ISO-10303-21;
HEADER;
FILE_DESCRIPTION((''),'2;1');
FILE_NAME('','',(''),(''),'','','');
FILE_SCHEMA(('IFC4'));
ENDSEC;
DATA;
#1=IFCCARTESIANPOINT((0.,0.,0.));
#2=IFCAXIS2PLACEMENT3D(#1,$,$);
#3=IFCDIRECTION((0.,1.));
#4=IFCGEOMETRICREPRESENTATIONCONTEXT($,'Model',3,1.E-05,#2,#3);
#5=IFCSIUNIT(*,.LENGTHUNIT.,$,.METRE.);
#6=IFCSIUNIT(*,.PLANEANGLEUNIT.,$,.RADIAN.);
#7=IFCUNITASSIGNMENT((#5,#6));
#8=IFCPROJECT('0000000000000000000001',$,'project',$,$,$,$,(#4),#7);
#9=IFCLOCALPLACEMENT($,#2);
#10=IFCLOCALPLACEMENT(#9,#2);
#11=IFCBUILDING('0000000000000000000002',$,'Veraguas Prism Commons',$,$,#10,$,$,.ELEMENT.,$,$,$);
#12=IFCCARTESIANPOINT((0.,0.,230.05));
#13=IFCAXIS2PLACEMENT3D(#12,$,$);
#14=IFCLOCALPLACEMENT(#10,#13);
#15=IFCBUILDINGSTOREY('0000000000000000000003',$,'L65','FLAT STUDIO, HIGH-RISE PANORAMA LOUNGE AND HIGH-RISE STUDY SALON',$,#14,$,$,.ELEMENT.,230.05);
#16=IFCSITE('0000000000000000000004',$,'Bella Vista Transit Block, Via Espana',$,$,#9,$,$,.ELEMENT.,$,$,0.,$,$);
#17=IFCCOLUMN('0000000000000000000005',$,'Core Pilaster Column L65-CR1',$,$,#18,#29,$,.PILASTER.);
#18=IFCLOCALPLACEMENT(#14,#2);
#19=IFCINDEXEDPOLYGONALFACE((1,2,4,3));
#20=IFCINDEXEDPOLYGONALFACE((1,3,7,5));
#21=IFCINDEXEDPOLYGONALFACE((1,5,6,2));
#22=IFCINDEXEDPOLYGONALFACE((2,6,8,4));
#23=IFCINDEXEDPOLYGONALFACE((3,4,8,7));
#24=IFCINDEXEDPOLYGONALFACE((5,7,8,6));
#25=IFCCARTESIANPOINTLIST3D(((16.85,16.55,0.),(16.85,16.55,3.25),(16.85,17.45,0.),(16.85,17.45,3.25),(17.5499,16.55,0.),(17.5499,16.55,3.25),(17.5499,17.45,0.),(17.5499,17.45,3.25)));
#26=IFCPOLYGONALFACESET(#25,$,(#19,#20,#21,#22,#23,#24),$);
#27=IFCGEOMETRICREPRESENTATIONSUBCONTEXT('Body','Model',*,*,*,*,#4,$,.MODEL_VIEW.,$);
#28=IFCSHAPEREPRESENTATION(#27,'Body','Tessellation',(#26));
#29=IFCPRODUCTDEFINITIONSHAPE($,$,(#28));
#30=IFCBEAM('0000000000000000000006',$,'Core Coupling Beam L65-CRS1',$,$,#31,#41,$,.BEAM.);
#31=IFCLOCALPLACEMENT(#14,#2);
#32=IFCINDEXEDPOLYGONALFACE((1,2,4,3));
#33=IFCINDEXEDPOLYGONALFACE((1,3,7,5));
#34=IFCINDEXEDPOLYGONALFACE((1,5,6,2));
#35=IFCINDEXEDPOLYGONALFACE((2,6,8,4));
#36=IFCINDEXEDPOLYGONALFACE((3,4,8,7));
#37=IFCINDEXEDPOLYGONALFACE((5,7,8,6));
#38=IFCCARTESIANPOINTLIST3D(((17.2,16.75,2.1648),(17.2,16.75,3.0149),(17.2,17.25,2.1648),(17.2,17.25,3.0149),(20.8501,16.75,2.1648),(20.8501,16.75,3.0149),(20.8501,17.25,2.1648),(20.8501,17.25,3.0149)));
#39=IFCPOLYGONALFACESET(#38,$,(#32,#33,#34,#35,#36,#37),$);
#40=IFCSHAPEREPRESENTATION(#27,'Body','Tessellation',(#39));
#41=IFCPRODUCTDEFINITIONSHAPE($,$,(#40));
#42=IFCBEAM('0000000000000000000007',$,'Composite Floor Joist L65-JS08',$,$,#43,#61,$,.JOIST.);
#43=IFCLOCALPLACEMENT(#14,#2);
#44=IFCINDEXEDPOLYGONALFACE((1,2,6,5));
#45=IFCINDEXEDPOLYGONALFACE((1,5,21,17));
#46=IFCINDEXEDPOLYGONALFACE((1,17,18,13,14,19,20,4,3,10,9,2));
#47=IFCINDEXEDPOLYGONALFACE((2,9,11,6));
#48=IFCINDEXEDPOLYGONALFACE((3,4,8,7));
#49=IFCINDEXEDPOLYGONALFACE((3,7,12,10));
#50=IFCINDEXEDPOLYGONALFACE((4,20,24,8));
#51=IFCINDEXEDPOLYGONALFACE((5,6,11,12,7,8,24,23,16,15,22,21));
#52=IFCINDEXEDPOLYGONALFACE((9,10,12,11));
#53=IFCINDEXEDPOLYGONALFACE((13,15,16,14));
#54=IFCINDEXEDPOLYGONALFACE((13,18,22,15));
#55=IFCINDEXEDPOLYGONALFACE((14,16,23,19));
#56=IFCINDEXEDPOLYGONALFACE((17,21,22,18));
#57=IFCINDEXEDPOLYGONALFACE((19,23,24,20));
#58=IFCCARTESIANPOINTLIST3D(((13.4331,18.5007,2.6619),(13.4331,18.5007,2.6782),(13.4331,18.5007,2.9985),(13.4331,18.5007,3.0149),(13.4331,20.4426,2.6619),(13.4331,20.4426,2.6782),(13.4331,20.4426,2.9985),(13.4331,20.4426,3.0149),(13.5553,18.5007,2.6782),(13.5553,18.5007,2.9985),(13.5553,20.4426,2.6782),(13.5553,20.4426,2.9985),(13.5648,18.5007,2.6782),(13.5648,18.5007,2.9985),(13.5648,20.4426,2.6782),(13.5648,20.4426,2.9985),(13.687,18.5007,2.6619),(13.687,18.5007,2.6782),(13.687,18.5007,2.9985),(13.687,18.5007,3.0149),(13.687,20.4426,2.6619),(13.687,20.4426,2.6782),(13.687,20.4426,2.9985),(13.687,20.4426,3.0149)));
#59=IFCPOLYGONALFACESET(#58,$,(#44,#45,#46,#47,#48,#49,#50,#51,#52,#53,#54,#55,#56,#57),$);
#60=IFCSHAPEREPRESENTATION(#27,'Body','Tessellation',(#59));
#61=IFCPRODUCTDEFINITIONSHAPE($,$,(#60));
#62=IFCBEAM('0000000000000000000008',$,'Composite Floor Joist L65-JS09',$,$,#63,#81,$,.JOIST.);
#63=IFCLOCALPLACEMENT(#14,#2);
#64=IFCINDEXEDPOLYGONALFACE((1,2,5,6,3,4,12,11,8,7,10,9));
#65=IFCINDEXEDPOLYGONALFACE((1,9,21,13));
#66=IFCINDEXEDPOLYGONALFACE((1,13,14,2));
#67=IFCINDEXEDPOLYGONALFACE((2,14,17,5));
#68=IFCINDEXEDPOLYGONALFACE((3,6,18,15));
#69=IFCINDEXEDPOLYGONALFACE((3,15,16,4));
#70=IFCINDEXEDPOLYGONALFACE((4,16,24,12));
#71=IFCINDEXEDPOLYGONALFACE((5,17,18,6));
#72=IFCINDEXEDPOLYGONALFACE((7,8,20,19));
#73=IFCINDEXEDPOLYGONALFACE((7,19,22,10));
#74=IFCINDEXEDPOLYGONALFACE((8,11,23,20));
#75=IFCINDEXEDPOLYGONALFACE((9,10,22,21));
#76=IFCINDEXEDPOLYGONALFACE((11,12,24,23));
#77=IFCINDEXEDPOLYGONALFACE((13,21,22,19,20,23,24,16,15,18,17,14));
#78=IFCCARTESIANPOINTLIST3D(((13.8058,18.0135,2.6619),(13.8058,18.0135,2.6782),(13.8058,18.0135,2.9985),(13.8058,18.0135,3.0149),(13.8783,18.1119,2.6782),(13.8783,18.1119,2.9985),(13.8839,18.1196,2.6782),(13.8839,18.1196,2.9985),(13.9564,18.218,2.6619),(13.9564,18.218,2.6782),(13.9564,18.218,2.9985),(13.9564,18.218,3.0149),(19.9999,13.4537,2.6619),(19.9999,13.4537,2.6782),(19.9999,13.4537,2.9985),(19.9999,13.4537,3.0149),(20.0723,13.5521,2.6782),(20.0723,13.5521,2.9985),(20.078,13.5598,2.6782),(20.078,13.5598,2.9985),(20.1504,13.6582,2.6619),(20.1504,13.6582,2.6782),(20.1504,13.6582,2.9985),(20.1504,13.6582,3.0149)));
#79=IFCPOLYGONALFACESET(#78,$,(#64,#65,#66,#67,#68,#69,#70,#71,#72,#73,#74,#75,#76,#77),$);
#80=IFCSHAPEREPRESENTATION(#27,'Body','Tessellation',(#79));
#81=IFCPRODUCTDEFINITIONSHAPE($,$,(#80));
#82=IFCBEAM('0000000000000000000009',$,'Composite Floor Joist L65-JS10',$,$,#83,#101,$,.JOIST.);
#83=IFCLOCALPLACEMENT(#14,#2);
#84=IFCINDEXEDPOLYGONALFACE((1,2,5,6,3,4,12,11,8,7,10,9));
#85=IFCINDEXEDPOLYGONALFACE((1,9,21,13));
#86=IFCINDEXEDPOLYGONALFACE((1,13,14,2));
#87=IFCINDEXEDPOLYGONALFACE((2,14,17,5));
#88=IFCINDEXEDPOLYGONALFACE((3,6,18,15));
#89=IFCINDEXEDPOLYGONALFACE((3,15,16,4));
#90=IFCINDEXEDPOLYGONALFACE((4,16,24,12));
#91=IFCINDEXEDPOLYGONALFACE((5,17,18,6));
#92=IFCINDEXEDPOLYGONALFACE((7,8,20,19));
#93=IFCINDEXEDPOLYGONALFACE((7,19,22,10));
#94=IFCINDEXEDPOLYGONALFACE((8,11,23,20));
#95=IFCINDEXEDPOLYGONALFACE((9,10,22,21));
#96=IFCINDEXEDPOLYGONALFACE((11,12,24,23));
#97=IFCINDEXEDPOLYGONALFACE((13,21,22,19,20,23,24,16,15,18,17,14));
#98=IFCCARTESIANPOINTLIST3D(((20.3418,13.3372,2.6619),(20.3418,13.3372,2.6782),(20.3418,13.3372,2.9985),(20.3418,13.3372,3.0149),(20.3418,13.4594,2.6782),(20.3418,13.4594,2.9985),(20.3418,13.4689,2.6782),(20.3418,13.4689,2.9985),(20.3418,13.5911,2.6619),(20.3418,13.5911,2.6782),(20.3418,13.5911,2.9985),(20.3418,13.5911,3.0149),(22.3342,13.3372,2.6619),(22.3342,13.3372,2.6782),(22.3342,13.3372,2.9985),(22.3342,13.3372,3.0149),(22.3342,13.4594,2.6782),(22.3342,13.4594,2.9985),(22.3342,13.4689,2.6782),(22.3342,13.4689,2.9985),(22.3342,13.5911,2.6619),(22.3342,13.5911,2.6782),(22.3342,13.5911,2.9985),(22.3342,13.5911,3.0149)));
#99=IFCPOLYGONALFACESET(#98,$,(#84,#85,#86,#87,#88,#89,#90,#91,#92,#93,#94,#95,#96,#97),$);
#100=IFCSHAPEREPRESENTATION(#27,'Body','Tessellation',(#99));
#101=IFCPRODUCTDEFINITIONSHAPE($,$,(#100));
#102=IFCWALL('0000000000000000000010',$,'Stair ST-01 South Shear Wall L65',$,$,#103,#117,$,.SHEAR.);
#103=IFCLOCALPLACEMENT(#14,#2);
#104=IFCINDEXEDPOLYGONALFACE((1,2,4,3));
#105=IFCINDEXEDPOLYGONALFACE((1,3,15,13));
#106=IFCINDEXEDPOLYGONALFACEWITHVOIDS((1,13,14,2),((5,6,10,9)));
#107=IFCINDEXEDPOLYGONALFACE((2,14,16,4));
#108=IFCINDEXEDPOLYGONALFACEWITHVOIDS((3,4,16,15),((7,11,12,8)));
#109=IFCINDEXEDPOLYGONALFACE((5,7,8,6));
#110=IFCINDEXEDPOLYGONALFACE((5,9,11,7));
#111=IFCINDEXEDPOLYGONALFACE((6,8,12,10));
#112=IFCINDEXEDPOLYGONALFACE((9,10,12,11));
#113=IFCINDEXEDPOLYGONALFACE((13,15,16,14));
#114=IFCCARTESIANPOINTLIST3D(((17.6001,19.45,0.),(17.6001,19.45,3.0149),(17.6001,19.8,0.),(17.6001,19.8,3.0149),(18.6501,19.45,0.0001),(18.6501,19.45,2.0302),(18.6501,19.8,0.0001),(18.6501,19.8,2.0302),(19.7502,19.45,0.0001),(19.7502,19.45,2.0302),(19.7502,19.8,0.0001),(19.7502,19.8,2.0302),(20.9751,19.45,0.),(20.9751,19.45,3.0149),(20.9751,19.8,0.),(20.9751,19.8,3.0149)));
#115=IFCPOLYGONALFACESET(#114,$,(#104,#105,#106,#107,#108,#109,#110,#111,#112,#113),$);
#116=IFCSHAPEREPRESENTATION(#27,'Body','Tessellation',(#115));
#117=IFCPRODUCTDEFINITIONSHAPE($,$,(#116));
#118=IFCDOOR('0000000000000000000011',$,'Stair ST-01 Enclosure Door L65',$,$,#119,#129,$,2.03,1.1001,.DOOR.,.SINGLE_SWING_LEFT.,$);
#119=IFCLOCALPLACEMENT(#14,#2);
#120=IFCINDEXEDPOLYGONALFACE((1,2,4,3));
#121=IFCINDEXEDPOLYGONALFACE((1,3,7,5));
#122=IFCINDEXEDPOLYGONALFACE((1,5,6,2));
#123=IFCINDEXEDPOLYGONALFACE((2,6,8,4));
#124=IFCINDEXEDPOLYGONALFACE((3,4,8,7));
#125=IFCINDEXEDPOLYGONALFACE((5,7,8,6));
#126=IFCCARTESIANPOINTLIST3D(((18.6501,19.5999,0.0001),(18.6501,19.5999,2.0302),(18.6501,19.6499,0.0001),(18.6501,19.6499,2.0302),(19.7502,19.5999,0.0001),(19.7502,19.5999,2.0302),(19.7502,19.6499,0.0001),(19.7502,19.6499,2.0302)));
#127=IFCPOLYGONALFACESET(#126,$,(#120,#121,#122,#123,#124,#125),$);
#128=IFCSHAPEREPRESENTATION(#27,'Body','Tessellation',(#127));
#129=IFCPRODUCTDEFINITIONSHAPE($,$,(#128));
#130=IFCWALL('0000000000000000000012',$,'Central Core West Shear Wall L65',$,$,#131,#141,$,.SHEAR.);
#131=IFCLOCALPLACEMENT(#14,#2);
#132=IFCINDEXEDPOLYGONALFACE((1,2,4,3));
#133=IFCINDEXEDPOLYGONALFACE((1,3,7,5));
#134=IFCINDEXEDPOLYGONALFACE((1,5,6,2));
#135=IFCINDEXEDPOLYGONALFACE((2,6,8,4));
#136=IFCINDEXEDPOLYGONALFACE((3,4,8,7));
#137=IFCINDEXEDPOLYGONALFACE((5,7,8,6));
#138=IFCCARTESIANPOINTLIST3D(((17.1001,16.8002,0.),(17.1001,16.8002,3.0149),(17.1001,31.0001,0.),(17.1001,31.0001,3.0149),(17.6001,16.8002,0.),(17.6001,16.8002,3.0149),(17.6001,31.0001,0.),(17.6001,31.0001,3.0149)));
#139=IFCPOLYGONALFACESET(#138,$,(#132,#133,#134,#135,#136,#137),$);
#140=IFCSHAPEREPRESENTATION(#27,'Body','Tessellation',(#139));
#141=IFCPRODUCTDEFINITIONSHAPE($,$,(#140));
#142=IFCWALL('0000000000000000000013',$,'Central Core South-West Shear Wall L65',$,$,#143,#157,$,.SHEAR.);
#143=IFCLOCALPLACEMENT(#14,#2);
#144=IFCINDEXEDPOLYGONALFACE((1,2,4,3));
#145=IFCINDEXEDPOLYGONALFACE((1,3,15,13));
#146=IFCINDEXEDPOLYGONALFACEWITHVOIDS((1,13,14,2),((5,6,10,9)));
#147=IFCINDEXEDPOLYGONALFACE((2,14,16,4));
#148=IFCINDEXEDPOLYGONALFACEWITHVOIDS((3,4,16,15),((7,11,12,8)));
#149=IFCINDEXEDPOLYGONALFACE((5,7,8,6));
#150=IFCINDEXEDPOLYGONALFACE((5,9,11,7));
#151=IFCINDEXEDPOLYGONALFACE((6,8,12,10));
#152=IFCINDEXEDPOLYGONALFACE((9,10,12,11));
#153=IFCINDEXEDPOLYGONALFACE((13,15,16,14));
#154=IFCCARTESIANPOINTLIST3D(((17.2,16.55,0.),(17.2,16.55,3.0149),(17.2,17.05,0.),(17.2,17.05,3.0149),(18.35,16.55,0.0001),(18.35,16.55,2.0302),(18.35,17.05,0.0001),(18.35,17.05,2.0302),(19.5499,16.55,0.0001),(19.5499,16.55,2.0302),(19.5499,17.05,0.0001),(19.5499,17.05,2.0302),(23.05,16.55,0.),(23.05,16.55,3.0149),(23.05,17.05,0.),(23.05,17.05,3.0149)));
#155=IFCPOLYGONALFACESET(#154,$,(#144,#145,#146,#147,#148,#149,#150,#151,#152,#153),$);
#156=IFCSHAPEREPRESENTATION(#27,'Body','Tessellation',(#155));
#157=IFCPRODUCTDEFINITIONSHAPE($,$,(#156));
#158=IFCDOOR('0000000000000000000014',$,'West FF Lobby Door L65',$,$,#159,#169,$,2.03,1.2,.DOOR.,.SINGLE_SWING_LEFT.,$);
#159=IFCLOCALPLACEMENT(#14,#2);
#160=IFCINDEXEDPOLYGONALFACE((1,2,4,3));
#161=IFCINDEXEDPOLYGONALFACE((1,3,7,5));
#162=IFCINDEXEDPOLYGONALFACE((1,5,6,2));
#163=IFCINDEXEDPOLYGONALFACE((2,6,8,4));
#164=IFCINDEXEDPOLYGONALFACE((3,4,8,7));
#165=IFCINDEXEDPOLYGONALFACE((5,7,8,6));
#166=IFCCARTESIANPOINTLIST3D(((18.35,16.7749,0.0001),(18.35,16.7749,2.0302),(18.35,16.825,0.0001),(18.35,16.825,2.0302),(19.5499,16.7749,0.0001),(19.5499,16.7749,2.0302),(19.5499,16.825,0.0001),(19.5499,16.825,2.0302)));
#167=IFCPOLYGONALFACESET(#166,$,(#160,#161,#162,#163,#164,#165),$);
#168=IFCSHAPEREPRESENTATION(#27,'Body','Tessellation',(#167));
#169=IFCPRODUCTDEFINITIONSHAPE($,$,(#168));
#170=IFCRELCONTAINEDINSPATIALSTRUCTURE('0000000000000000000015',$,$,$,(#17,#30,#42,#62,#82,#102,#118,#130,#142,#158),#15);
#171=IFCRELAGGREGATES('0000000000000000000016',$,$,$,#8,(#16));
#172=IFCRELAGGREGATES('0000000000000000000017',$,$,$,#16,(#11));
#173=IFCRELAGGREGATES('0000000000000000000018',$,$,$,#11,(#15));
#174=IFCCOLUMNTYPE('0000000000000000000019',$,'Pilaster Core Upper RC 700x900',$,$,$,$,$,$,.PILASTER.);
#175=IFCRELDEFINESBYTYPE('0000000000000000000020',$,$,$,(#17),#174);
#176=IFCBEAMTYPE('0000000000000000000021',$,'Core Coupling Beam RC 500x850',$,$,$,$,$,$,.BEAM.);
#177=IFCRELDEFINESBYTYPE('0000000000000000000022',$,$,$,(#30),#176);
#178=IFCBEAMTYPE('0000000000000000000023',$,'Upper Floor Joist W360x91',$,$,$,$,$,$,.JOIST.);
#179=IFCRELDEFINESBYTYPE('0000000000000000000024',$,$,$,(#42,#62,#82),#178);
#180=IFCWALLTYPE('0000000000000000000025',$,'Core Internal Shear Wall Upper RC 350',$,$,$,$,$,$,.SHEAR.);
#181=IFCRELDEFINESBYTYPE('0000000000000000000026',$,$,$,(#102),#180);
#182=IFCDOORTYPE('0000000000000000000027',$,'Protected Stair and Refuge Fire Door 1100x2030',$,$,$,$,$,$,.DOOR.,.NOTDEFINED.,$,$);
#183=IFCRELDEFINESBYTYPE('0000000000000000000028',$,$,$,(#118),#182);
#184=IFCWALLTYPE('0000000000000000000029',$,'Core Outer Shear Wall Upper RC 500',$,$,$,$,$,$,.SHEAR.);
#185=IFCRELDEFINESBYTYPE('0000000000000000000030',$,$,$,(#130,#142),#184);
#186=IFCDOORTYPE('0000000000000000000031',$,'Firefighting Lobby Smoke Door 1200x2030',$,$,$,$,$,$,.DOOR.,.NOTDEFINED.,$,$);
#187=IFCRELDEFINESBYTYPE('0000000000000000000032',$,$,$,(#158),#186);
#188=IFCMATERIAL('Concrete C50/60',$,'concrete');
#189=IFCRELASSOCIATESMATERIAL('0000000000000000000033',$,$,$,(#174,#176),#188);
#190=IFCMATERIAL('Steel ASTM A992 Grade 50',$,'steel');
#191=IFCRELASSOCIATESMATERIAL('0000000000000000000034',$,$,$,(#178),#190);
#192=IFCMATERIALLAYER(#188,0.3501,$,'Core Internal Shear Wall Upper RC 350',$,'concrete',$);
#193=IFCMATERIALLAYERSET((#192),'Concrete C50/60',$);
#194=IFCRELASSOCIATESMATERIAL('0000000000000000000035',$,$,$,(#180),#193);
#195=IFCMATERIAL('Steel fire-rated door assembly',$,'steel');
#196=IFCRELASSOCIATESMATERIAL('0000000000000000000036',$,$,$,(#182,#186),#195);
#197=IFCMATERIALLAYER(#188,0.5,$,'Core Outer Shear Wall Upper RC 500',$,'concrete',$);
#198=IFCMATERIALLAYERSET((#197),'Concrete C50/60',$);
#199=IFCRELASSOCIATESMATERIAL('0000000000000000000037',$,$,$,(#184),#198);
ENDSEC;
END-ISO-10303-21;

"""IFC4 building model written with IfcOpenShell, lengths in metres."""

from ifc_helpers import new_model, si_unit, direction, frame, frame_2d, origin, origin_2d, place, context, subcontext, project, spatial, rectangle, i_section, extrude, source, transform, mapped, material, layer, layer_set, material_profile, profile_set, type_object, element, fill, save


model = new_model("IFC4")

# Units and contexts
model_context = context("Model", 3, precision=1e-05, world=origin(), true_north=direction((0.0, 1.0)))
body_context = subcontext(model_context, "Body", "Model", "MODEL_VIEW")
ifc_project = project(units=[si_unit("LENGTHUNIT", "METRE"), si_unit("PLANEANGLEUNIT", "RADIAN")], contexts=[model_context])

# Site, building, storey
site_placement = place(None, origin())
site = spatial("IfcSite", under=ifc_project, at=site_placement, Name="Bella Vista Transit Block, Via Espana", CompositionType="ELEMENT", RefElevation=0.0)
building_placement = place(site_placement, origin())
building = spatial("IfcBuilding", under=site, at=building_placement, Name="Veraguas Prism Commons", CompositionType="ELEMENT")
storey_placement = place(building_placement, frame((0.0, 0.0, 230.05)))
storey = spatial("IfcBuildingStorey", under=building, at=storey_placement, Name="L65", Description="FLAT STUDIO, HIGH-RISE PANORAMA LOUNGE AND HIGH-RISE STUDY SALON", CompositionType="ELEMENT", Elevation=230.05)

# Column
ifc_material_1 = material(Name="Concrete C50/60", Category="concrete")
ifc_material_profile_1 = material_profile(ifc_material_1, rectangle(XDim=0.7, YDim=0.8999, at=origin_2d()), Name="RC700X900")
ifc_profile_set_1 = profile_set([ifc_material_profile_1], Name="Concrete C50/60")
column_type = type_object("IfcColumnType", Name="Pilaster Core Upper RC 700x900", PredefinedType="PILASTER", material=ifc_profile_set_1)
column_placement = place(storey_placement, frame((17.2, 17.0, 0.0), z_axis=(0.0, 0.0, 1.0), x_axis=(1.0, 0.0, 0.0)))
element("IfcColumn", 1, at=column_placement, inside=storey, type_object=column_type, Name="Core Pilaster Column L65-CR1", PredefinedType="PILASTER", context=body_context, shape_type="SweptSolid", body=[
    extrude(rectangle(XDim=0.7, YDim=0.8999, at=origin_2d()), origin(), (0.0, 0.0, 1.0), 3.25),
])

# Beams
ifc_material_profile_2 = material_profile(ifc_material_1, rectangle(XDim=0.5, YDim=0.8501, at=origin_2d()), Name="RC500X850")
ifc_profile_set_2 = profile_set([ifc_material_profile_2], Name="Concrete C50/60")
beam_type_1 = type_object("IfcBeamType", Name="Core Coupling Beam RC 500x850", PredefinedType="BEAM", material=ifc_profile_set_2)
beam_1_placement = place(storey_placement, frame((17.2, 17.0, 2.5898), z_axis=(1.0, 0.0, 0.0), x_axis=(0.0, 1.0, 0.0)))
element("IfcBeam", 2, at=beam_1_placement, inside=storey, type_object=beam_type_1, Name="Core Coupling Beam L65-CRS1", PredefinedType="BEAM", context=body_context, shape_type="SweptSolid", body=[
    extrude(rectangle(XDim=0.5, YDim=0.8501, at=origin_2d()), origin(), (0.0, 0.0, 1.0), 3.6501),
])
ifc_material_2 = material(Name="Steel ASTM A992 Grade 50", Category="steel")
ifc_material_profile_3 = material_profile(ifc_material_2, i_section(OverallWidth=0.2539, OverallDepth=0.353, WebThickness=0.0095, FlangeThickness=0.0164, at=origin_2d()), Name="W360X91")
ifc_profile_set_3 = profile_set([ifc_material_profile_3], Name="Steel ASTM A992 Grade 50")
beam_type_2 = type_object("IfcBeamType", Name="Upper Floor Joist W360x91", PredefinedType="JOIST", material=ifc_profile_set_3)
beam_2_placement = place(storey_placement, frame((13.5601, 20.4426, 2.8384), z_axis=(0.0, -1.0, 0.0), x_axis=(1.0, 0.0, 0.0)))
element("IfcBeam", 3, at=beam_2_placement, inside=storey, type_object=beam_type_2, Name="Composite Floor Joist L65-JS08", PredefinedType="JOIST", context=body_context, shape_type="SweptSolid", body=[
    extrude(i_section(OverallWidth=0.2539, OverallDepth=0.353, WebThickness=0.0095, FlangeThickness=0.0164, at=origin_2d()), origin(), (0.0, 0.0, 1.0), 1.9419),
])
beam_3_placement = place(storey_placement, frame((13.8811, 18.1157, 2.8384), z_axis=(0.80532, -0.592841, 0.0), x_axis=(0.592841, 0.80532, 0.0)))
element("IfcBeam", 4, at=beam_3_placement, inside=storey, type_object=beam_type_2, Name="Composite Floor Joist L65-JS09", PredefinedType="JOIST", context=body_context, shape_type="SweptSolid", body=[
    extrude(i_section(OverallWidth=0.2539, OverallDepth=0.353, WebThickness=0.0095, FlangeThickness=0.0164, at=origin_2d()), origin(), (0.0, 0.0, 1.0), 7.6914),
])
beam_4_placement = place(storey_placement, frame((20.3418, 13.4641, 2.8384), z_axis=(1.0, 0.0, 0.0), x_axis=(0.0, 1.0, 0.0)))
element("IfcBeam", 5, at=beam_4_placement, inside=storey, type_object=beam_type_2, Name="Composite Floor Joist L65-JS10", PredefinedType="JOIST", context=body_context, shape_type="SweptSolid", body=[
    extrude(i_section(OverallWidth=0.2539, OverallDepth=0.353, WebThickness=0.0095, FlangeThickness=0.0164, at=origin_2d()), origin(), (0.0, 0.0, 1.0), 1.9924),
])

# Wall, opening, door
ifc_layer_1 = layer(ifc_material_1, 0.3501, Name="Core Internal Shear Wall Upper RC 350", Category="concrete")
ifc_layer_set_1 = layer_set([ifc_layer_1], Name="Concrete C50/60")
wall_type_1 = type_object("IfcWallType", Name="Core Internal Shear Wall Upper RC 350", PredefinedType="SHEAR", material=ifc_layer_set_1)
wall_1_placement = place(storey_placement, frame((17.6001, 19.625, 0.0), z_axis=(0.0, 0.0, 1.0), x_axis=(1.0, 0.0, 0.0)))
wall_1 = element("IfcWall", 6, at=wall_1_placement, inside=storey, type_object=wall_type_1, Name="Stair ST-01 South Shear Wall L65", PredefinedType="SHEAR", context=body_context, shape_type="SweptSolid", body=[
    extrude(rectangle(XDim=3.375, YDim=0.3501, at=frame_2d((1.6875, 0.0))), origin(), (0.0, 0.0, 1.0), 3.0149),
])
opening_1_placement = place(wall_1_placement, frame((1.05, 0.0, 0.0)))
opening_1 = element("IfcOpeningElement", 7, at=opening_1_placement, cuts=wall_1, PredefinedType="OPENING", context=body_context, shape_type="SweptSolid", body=[
    extrude(rectangle(XDim=1.1001, YDim=2.03, at=frame_2d((0.55, 1.0151))), frame((0.0, 0.1851, 0.0), z_axis=(0.0, -1.0, 0.0), x_axis=(1.0, 0.0, 0.0)), (0.0, 0.0, 1.0), 0.3701),
])
ifc_material_3 = material(Name="Steel fire-rated door assembly", Category="steel")
door_type_1 = type_object("IfcDoorType", Name="Protected Stair and Refuge Fire Door 1100x2030", OperationType="NOTDEFINED", PredefinedType="DOOR", material=ifc_material_3)
shared_shape_1 = source(origin(), body_context, "Body", "SweptSolid", [
    extrude(rectangle(XDim=1.1001, YDim=2.03, at=frame_2d((0.55, 1.0151))), frame((0.0, 0.0249, 0.0), z_axis=(0.0, -1.0, 0.0), x_axis=(1.0, 0.0, 0.0)), (0.0, 0.0, 1.0), 0.05),
])
door_1_placement = place(opening_1_placement, origin())
door_1 = element("IfcDoor", 8, at=door_1_placement, inside=storey, type_object=door_type_1, Name="Stair ST-01 Enclosure Door L65", OperationType="SINGLE_SWING_LEFT", OverallHeight=2.03, OverallWidth=1.1001, PredefinedType="DOOR", context=body_context, shape_type="MappedRepresentation", body=[
    mapped(shared_shape_1, transform((0.0, 0.0, 0.0), scale=1.0)),
])
fill(opening_1, door_1)

# Wall
ifc_layer_2 = layer(ifc_material_1, 0.5, Name="Core Outer Shear Wall Upper RC 500", Category="concrete")
ifc_layer_set_2 = layer_set([ifc_layer_2], Name="Concrete C50/60")
wall_type_2 = type_object("IfcWallType", Name="Core Outer Shear Wall Upper RC 500", PredefinedType="SHEAR", material=ifc_layer_set_2)
wall_2_placement = place(storey_placement, frame((17.3501, 16.8, 0.0), z_axis=(0.0, 0.0, 1.0), x_axis=(0.0, 1.0, 0.0)))
element("IfcWall", 9, at=wall_2_placement, inside=storey, type_object=wall_type_2, Name="Central Core West Shear Wall L65", PredefinedType="SHEAR", context=body_context, shape_type="SweptSolid", body=[
    extrude(rectangle(XDim=14.2, YDim=0.5, at=frame_2d((7.1001, 0.0))), origin(), (0.0, 0.0, 1.0), 3.0149),
])

# Wall, opening, door
wall_3_placement = place(storey_placement, frame((17.2, 16.8, 0.0), z_axis=(0.0, 0.0, 1.0), x_axis=(1.0, 0.0, 0.0)))
wall_3 = element("IfcWall", 10, at=wall_3_placement, inside=storey, type_object=wall_type_2, Name="Central Core South-West Shear Wall L65", PredefinedType="SHEAR", context=body_context, shape_type="SweptSolid", body=[
    extrude(rectangle(XDim=5.8501, YDim=0.5, at=frame_2d((2.925, 0.0))), origin(), (0.0, 0.0, 1.0), 3.0149),
])
opening_2_placement = place(wall_3_placement, frame((1.1499, 0.0, 0.0)))
opening_2 = element("IfcOpeningElement", 11, at=opening_2_placement, cuts=wall_3, PredefinedType="OPENING", context=body_context, shape_type="SweptSolid", body=[
    extrude(rectangle(XDim=1.2, YDim=2.03, at=frame_2d((0.6001, 1.0151))), frame((0.0, 0.26, 0.0), z_axis=(0.0, -1.0, 0.0), x_axis=(1.0, 0.0, 0.0)), (0.0, 0.0, 1.0), 0.52),
])
door_type_2 = type_object("IfcDoorType", Name="Firefighting Lobby Smoke Door 1200x2030", OperationType="NOTDEFINED", PredefinedType="DOOR", material=ifc_material_3)
shared_shape_2 = source(origin(), body_context, "Body", "SweptSolid", [
    extrude(rectangle(XDim=1.2, YDim=2.03, at=frame_2d((0.6001, 1.0151))), frame((0.0, 0.0249, 0.0), z_axis=(0.0, -1.0, 0.0), x_axis=(1.0, 0.0, 0.0)), (0.0, 0.0, 1.0), 0.05),
])
door_2_placement = place(opening_2_placement, origin())
door_2 = element("IfcDoor", 12, at=door_2_placement, inside=storey, type_object=door_type_2, Name="West FF Lobby Door L65", OperationType="SINGLE_SWING_LEFT", OverallHeight=2.03, OverallWidth=1.2, PredefinedType="DOOR", context=body_context, shape_type="MappedRepresentation", body=[
    mapped(shared_shape_2, transform((0.0, 0.0, 0.0), scale=1.0)),
])
fill(opening_2, door_2)

save(model, "model.ifc")
